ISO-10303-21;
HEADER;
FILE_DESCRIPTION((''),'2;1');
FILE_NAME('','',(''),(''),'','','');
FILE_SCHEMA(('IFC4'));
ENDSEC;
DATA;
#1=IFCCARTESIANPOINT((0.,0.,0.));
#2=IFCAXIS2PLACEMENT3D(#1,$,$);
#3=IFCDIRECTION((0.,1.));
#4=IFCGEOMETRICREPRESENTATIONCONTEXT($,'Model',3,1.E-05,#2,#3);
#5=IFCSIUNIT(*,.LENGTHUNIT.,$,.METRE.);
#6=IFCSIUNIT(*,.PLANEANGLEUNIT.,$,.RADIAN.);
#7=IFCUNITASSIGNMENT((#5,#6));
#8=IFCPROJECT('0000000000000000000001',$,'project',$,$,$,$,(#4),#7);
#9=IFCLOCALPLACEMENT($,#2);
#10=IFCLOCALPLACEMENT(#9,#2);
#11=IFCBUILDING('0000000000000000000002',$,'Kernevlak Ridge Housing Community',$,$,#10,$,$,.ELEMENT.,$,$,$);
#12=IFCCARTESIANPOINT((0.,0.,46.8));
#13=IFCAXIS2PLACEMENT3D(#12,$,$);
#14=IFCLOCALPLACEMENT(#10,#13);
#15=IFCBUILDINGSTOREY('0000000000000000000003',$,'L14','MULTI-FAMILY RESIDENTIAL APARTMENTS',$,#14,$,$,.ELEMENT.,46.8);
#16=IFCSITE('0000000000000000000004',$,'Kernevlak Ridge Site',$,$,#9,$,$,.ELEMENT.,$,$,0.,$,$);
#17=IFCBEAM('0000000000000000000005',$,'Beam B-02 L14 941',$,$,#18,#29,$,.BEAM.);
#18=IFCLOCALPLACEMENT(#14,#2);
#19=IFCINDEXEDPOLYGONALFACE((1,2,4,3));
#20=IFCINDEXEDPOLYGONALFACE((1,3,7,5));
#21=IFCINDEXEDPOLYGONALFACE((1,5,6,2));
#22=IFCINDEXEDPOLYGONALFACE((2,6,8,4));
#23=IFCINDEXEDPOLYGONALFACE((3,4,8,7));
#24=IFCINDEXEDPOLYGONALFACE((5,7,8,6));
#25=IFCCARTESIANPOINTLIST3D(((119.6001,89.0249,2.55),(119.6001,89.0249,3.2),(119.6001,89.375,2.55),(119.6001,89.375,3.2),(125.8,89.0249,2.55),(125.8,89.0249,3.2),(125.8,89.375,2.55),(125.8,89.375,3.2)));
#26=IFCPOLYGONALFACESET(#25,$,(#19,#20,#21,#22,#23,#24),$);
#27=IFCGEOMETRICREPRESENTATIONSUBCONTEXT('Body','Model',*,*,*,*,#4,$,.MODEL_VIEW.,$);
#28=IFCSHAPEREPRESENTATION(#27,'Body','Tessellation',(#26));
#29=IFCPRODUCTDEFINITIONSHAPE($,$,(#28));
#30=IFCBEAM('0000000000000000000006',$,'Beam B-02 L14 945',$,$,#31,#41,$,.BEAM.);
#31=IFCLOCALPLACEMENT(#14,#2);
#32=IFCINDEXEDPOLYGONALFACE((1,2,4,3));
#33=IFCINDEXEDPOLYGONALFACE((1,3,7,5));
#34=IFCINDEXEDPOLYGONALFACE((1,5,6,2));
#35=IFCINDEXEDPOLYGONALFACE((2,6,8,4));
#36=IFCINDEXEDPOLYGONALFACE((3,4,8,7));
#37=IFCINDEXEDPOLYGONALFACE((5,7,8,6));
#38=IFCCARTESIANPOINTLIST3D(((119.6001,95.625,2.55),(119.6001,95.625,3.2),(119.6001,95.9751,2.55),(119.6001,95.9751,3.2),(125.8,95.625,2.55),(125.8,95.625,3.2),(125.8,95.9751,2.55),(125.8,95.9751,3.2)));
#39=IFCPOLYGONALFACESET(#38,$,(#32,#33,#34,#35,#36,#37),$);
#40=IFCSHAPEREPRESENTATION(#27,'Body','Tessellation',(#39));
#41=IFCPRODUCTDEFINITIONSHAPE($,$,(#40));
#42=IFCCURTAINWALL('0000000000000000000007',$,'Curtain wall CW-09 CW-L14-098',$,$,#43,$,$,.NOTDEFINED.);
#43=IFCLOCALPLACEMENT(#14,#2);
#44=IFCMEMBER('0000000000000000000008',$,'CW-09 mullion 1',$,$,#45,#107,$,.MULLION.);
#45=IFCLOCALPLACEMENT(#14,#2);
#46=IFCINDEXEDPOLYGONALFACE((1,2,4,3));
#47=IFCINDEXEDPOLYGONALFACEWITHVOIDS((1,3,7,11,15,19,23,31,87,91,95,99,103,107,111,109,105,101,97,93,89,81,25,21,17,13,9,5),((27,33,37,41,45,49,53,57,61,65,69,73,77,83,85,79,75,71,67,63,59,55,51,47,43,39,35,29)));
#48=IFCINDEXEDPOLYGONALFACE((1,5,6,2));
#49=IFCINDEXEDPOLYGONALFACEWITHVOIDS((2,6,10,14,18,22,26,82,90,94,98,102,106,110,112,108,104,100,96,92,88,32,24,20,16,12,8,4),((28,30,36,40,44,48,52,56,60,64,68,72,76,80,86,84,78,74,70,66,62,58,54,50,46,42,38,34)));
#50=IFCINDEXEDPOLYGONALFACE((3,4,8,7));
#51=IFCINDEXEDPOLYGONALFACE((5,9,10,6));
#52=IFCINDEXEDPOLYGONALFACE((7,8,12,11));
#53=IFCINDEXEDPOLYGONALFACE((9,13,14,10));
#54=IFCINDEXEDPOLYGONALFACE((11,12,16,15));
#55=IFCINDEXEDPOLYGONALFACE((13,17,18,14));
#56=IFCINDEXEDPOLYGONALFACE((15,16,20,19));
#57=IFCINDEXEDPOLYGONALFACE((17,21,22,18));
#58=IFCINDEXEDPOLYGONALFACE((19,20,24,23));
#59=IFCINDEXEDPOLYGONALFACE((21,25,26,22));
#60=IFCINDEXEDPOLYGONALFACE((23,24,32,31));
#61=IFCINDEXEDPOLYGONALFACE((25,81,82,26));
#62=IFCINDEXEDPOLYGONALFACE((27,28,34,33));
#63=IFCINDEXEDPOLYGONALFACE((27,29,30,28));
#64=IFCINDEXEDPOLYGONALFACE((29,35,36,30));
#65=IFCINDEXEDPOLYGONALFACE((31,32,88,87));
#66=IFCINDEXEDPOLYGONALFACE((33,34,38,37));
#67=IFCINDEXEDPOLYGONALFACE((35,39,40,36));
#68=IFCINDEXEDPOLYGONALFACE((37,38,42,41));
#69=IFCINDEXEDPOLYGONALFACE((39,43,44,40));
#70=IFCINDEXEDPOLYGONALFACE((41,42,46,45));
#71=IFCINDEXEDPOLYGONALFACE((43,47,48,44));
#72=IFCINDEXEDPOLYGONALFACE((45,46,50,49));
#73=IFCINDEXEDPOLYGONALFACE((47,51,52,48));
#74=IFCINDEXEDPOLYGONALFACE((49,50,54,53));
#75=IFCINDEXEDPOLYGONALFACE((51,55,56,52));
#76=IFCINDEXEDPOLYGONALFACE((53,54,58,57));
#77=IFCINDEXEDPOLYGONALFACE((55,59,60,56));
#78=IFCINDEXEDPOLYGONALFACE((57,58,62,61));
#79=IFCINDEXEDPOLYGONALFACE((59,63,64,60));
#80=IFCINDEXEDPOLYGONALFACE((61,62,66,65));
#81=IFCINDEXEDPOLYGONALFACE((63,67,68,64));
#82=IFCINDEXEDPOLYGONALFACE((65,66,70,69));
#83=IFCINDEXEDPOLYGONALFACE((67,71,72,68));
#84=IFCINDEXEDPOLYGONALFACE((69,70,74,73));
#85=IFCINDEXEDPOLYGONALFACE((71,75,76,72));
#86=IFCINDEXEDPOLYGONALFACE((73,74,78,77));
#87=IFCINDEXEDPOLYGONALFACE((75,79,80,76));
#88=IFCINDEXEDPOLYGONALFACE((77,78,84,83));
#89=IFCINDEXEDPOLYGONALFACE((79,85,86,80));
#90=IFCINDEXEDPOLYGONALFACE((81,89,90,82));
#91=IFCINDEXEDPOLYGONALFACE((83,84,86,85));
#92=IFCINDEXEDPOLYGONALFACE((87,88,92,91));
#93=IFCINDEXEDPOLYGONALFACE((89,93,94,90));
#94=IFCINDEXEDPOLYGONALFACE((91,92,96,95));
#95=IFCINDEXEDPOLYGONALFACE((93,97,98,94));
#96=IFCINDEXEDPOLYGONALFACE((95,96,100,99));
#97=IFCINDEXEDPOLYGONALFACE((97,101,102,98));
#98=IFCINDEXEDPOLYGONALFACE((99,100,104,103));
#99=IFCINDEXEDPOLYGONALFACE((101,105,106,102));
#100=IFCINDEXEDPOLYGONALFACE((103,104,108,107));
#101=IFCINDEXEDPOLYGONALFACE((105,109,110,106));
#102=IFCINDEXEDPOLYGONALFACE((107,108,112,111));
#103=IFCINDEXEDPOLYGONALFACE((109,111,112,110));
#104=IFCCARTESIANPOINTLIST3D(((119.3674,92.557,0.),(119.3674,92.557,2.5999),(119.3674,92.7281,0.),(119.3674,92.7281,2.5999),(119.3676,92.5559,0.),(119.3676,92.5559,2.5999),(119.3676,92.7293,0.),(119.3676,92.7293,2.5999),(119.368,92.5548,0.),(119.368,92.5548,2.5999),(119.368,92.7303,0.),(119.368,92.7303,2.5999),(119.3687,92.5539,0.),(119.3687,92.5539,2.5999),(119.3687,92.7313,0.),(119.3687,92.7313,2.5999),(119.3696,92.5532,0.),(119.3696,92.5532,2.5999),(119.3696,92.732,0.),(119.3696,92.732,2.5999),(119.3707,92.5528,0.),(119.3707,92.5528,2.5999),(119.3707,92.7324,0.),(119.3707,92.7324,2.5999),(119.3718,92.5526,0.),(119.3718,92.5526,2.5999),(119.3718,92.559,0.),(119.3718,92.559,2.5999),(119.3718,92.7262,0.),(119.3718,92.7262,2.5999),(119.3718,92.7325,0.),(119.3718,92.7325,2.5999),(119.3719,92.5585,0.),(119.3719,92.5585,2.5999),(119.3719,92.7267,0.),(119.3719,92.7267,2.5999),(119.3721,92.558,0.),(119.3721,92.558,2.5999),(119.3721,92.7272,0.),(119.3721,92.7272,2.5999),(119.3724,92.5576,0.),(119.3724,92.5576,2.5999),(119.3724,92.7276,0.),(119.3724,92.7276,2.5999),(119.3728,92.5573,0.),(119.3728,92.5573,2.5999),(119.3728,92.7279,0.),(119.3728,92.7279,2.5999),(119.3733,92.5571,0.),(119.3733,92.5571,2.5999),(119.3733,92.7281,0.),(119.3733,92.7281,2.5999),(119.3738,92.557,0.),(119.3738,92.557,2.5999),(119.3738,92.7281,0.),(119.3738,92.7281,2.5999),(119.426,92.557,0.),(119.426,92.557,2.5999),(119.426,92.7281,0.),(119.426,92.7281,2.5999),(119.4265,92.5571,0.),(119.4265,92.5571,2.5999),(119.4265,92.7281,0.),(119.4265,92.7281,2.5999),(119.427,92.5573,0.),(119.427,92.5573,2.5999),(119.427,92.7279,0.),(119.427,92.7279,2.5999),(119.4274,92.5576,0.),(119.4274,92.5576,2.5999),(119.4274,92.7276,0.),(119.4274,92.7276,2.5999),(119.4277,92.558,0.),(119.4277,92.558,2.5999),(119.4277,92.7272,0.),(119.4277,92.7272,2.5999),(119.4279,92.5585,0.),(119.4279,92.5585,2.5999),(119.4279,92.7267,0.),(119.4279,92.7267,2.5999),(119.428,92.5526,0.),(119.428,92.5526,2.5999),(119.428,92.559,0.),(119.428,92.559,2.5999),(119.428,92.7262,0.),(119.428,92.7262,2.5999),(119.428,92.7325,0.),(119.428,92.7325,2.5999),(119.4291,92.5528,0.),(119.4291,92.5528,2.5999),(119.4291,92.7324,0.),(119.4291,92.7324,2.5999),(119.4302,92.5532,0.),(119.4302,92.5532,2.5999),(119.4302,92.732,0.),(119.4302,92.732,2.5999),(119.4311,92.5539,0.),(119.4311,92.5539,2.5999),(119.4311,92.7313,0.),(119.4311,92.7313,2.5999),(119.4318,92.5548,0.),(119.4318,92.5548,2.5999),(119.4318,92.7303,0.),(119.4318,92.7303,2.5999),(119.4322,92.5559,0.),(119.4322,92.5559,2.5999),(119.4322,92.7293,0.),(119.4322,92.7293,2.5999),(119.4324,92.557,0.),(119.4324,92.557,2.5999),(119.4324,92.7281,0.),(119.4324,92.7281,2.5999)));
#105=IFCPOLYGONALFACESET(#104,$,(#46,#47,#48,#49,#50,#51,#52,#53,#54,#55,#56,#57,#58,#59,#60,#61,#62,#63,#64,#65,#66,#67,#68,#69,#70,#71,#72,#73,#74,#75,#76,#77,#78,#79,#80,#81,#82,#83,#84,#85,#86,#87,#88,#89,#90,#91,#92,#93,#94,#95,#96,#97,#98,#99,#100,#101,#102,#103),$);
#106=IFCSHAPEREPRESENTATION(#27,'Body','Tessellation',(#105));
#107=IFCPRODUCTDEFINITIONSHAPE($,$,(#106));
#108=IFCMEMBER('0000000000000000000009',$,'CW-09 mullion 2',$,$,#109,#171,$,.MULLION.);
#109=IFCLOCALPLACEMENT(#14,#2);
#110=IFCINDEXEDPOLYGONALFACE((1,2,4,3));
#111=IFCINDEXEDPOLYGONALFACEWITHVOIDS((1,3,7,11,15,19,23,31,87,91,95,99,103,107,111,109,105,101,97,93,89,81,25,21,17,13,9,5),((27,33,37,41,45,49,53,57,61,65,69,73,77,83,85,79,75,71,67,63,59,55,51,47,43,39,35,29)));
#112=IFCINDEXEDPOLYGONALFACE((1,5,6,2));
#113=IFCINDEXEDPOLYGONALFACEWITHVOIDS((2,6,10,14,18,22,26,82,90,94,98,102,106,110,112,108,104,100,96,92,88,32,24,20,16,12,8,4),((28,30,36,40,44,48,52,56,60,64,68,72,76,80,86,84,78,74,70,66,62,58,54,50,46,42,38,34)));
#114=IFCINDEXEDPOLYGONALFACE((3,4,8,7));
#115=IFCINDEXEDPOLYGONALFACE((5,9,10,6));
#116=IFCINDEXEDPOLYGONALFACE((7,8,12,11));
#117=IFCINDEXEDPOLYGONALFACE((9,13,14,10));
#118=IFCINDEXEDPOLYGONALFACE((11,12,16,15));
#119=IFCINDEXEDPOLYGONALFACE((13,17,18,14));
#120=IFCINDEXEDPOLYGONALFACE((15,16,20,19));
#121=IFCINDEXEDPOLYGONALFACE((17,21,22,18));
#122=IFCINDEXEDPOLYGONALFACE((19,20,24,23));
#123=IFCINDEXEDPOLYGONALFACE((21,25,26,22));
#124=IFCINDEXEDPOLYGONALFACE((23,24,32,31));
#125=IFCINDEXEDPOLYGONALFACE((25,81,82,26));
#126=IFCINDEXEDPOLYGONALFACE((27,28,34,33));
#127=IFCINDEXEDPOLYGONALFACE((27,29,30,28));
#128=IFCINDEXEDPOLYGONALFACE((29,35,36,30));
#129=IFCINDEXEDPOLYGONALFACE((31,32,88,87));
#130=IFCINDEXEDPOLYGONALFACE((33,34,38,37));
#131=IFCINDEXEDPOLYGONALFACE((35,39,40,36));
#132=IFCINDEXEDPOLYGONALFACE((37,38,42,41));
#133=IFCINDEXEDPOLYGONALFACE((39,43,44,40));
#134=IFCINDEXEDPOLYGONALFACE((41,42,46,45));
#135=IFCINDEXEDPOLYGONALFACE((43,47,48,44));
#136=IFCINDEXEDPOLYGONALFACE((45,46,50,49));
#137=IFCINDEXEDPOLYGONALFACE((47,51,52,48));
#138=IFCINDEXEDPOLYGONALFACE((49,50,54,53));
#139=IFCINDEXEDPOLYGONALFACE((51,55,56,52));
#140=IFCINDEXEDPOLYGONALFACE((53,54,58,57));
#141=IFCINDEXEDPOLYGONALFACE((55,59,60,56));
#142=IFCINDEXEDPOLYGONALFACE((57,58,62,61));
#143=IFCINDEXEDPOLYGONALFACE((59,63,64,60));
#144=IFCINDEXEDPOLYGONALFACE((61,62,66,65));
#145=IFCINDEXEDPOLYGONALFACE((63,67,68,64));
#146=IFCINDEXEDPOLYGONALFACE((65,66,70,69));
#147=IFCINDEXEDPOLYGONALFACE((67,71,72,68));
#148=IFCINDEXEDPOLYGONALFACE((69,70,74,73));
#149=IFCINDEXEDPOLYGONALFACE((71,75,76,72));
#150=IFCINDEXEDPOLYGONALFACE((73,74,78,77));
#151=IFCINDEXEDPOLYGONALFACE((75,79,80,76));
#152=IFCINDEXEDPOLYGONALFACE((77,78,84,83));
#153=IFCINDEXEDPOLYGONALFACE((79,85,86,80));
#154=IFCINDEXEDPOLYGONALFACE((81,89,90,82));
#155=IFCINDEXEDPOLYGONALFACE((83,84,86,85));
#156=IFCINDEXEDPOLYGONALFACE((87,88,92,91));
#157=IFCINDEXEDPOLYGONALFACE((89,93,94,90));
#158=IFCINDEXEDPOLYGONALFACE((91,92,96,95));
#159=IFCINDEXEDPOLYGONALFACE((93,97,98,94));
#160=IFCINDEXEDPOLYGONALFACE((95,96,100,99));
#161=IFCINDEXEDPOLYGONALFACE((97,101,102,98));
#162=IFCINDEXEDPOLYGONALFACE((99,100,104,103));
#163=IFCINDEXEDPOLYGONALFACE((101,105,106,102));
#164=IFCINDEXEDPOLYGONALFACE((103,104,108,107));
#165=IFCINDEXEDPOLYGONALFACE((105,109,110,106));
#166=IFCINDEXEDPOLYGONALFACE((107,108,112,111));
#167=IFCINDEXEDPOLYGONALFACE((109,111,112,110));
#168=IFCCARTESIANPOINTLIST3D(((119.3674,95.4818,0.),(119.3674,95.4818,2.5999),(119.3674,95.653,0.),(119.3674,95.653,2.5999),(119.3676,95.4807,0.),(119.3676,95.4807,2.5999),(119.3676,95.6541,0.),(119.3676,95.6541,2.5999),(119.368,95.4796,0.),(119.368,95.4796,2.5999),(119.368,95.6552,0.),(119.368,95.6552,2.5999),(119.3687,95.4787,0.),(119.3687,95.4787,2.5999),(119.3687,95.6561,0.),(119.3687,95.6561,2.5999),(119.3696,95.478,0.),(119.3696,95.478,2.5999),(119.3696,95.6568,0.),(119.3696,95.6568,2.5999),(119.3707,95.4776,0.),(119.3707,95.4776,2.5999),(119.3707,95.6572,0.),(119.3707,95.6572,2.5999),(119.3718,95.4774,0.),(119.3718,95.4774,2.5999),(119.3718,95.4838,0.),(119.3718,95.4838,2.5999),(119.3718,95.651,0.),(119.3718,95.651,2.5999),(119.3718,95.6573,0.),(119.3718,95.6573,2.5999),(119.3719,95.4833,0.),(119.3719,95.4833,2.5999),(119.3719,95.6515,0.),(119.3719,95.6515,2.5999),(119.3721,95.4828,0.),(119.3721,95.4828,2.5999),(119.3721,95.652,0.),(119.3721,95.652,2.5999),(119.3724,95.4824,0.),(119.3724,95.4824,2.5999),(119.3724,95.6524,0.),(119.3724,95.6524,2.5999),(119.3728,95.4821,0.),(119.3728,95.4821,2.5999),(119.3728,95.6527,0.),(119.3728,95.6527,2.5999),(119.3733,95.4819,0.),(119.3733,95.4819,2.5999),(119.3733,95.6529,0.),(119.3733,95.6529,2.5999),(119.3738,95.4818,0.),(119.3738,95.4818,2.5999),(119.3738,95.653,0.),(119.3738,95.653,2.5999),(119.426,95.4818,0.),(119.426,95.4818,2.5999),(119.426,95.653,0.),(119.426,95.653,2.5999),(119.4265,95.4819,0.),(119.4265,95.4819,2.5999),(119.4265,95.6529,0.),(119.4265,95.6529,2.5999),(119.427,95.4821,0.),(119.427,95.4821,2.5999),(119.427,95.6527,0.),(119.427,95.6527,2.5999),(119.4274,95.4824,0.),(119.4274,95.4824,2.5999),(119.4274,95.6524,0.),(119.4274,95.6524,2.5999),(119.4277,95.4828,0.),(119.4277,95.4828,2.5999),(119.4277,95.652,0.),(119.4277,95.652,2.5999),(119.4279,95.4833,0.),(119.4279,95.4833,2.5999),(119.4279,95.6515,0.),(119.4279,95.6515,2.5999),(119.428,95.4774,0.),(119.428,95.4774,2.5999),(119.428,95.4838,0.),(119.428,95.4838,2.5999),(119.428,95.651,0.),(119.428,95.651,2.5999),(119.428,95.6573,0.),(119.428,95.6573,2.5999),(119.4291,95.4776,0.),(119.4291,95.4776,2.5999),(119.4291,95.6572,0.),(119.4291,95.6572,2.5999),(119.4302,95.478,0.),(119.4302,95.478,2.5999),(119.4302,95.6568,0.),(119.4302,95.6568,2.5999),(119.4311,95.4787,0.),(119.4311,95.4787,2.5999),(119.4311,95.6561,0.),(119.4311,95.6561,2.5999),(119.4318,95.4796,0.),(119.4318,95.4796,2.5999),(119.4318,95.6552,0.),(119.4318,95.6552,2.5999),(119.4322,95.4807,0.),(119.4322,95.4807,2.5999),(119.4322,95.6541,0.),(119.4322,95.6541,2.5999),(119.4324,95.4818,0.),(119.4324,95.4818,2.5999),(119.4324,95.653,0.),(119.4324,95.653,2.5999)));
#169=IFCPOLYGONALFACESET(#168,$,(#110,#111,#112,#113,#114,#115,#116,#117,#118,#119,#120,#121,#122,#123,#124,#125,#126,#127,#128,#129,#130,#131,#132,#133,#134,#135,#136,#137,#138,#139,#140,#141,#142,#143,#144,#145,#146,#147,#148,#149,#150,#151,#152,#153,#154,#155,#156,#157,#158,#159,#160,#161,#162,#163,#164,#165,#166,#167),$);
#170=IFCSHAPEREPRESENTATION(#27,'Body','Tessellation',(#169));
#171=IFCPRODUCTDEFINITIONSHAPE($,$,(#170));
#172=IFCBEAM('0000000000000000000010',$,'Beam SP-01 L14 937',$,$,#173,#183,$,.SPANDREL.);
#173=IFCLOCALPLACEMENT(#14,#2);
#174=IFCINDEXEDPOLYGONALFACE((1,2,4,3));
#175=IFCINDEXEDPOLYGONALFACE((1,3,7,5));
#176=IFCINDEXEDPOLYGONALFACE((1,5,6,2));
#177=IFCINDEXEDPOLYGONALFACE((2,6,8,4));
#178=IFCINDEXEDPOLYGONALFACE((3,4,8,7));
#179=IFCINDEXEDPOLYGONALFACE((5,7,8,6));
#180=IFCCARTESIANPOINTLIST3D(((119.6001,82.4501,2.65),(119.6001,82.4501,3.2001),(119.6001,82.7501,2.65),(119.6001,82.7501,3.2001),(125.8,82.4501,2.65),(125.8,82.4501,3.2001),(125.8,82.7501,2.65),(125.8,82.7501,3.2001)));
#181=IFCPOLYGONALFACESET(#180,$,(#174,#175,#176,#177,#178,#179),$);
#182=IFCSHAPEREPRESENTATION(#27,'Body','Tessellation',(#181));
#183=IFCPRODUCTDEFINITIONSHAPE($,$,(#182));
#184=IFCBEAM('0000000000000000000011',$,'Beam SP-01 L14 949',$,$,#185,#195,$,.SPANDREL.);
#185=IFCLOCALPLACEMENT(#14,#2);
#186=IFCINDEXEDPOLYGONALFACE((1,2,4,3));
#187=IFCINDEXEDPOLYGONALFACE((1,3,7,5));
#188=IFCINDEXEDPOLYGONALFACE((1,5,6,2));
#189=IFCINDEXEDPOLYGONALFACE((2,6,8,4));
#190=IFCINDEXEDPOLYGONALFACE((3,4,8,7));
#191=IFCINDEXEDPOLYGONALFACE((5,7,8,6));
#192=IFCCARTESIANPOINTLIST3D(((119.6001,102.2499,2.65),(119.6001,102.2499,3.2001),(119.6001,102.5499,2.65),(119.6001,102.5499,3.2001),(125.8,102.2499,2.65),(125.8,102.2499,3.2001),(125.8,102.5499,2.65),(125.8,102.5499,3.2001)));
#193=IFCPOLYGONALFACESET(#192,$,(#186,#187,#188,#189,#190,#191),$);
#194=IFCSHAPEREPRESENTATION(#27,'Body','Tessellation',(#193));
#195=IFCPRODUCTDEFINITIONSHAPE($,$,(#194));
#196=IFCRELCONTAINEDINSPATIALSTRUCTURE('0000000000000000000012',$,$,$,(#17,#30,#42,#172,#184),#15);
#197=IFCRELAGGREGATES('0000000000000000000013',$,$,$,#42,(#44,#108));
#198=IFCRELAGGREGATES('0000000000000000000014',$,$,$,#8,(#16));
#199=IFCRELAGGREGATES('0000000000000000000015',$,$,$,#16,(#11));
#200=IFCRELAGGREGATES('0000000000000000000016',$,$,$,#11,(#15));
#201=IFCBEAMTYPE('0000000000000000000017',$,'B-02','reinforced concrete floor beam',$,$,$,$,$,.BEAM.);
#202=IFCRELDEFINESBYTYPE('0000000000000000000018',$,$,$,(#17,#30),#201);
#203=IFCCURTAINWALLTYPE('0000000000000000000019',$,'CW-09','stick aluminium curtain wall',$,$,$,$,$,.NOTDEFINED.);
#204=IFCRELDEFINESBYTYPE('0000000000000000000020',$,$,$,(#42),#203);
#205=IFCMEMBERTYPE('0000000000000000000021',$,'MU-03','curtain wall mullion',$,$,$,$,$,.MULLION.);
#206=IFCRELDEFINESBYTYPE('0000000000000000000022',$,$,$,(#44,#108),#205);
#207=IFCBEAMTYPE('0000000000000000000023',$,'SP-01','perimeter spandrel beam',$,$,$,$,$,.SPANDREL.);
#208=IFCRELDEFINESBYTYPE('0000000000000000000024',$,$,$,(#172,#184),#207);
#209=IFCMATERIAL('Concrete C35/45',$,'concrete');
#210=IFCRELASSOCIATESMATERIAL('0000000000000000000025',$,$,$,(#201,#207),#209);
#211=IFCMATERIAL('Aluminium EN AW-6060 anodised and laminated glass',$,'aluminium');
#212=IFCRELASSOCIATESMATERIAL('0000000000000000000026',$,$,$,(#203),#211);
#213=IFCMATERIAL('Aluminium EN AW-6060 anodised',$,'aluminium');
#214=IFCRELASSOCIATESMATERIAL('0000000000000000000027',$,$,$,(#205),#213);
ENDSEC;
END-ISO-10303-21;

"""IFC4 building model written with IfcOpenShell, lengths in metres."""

from ifc_helpers import new_model, si_unit, direction, frame, origin, origin_2d, place, context, subcontext, project, spatial, rectangle, hollow_rectangle, extrude, material, material_profile, profile_set, type_object, element, aggregate, save


model = new_model("IFC4")

# Units and contexts
model_context = context("Model", 3, precision=1e-05, world=origin(), true_north=direction((0.0, 1.0)))
body_context = subcontext(model_context, "Body", "Model", "MODEL_VIEW")
ifc_project = project(units=[si_unit("LENGTHUNIT", "METRE"), si_unit("PLANEANGLEUNIT", "RADIAN")], contexts=[model_context])

# Site, building, storey
site_placement = place(None, origin())
site = spatial("IfcSite", under=ifc_project, at=site_placement, Name="Kernevlak Ridge Site", CompositionType="ELEMENT", RefElevation=0.0)
building_placement = place(site_placement, origin())
building = spatial("IfcBuilding", under=site, at=building_placement, Name="Kernevlak Ridge Housing Community", CompositionType="ELEMENT")
storey_placement = place(building_placement, frame((0.0, 0.0, 46.8)))
storey = spatial("IfcBuildingStorey", under=building, at=storey_placement, Name="L14", Description="MULTI-FAMILY RESIDENTIAL APARTMENTS", CompositionType="ELEMENT", Elevation=46.8)

# Beams
ifc_material_1 = material(Name="Concrete C35/45", Category="concrete")
ifc_material_profile_1 = material_profile(ifc_material_1, rectangle(XDim=0.3501, YDim=0.6499, at=origin_2d()), Name="RC 350x650")
ifc_profile_set_1 = profile_set([ifc_material_profile_1], Name="Concrete C35/45")
beam_type_1 = type_object("IfcBeamType", Name="B-02", Description="reinforced concrete floor beam", PredefinedType="BEAM", material=ifc_profile_set_1)
for number, where, z_axis, x_axis, name in (
    (1, (119.6001, 89.2, 2.875), (1.0, 0.0, 0.0), (0.0, 1.0, 0.0), "Beam B-02 L14 941"),
    (2, (119.6001, 95.8, 2.875), (1.0, 0.0, 0.0), (0.0, 1.0, 0.0), "Beam B-02 L14 945"),
):
    element("IfcBeam", number, at=place(storey_placement, frame(where, z_axis=z_axis, x_axis=x_axis)), inside=storey, type_object=beam_type_1, Name=name, PredefinedType="BEAM", context=body_context, shape_type="SweptSolid", body=[
        extrude(rectangle(XDim=0.3501, YDim=0.6499, at=origin_2d()), origin(), (0.0, 0.0, 1.0), 6.2),
    ])

# Curtain wall, members
ifc_material_2 = material(Name="Aluminium EN AW-6060 anodised and laminated glass", Category="aluminium")
curtain_wall_type_1 = type_object("IfcCurtainWallType", Name="CW-09", Description="stick aluminium curtain wall", PredefinedType="NOTDEFINED", material=ifc_material_2)
curtain_wall_1_placement = place(storey_placement, origin())
curtain_wall_1 = element("IfcCurtainWall", 3, at=curtain_wall_1_placement, inside=storey, type_object=curtain_wall_type_1, Name="Curtain wall CW-09 CW-L14-098", PredefinedType="NOTDEFINED")
ifc_material_3 = material(Name="Aluminium EN AW-6060 anodised", Category="aluminium")
ifc_material_profile_2 = material_profile(ifc_material_3, hollow_rectangle(XDim=0.0649, YDim=0.1799, WallThickness=0.0044, InnerFilletRadius=0.002, OuterFilletRadius=0.0044, at=origin_2d()), Name="ALU 65x180x4.5")
ifc_profile_set_2 = profile_set([ifc_material_profile_2], Name="Aluminium EN AW-6060 anodised")
member_type_1 = type_object("IfcMemberType", Name="MU-03", Description="curtain wall mullion", PredefinedType="MULLION", material=ifc_profile_set_2)
member_1_placement = place(storey_placement, frame((119.3999, 92.6426, 0.0), z_axis=(0.0, 0.0, 1.0), x_axis=(-1.0, 0.0, 0.0)))
member_1 = element("IfcMember", 4, at=member_1_placement, type_object=member_type_1, Name="CW-09 mullion 1", PredefinedType="MULLION", context=body_context, shape_type="SweptSolid", body=[
    extrude(hollow_rectangle(XDim=0.0649, YDim=0.1799, WallThickness=0.0044, InnerFilletRadius=0.002, OuterFilletRadius=0.0044, at=origin_2d()), origin(), (0.0, 0.0, 1.0), 2.5999),
])
member_2_placement = place(storey_placement, frame((119.3999, 95.5674, 0.0), z_axis=(0.0, 0.0, 1.0), x_axis=(-1.0, 0.0, 0.0)))
member_2 = element("IfcMember", 5, at=member_2_placement, type_object=member_type_1, Name="CW-09 mullion 2", PredefinedType="MULLION", context=body_context, shape_type="SweptSolid", body=[
    extrude(hollow_rectangle(XDim=0.0649, YDim=0.1799, WallThickness=0.0044, InnerFilletRadius=0.002, OuterFilletRadius=0.0044, at=origin_2d()), origin(), (0.0, 0.0, 1.0), 2.5999),
])

# Beams
ifc_material_profile_3 = material_profile(ifc_material_1, rectangle(XDim=0.3, YDim=0.55, at=origin_2d()), Name="RC 300x550")
ifc_profile_set_3 = profile_set([ifc_material_profile_3], Name="Concrete C35/45")
beam_type_2 = type_object("IfcBeamType", Name="SP-01", Description="perimeter spandrel beam", PredefinedType="SPANDREL", material=ifc_profile_set_3)
for number, where, z_axis, x_axis, name in (
    (6, (119.6001, 82.6001, 2.925), (1.0, 0.0, 0.0), (0.0, 1.0, 0.0), "Beam SP-01 L14 937"),
    (7, (119.6001, 102.3999, 2.925), (1.0, 0.0, 0.0), (0.0, 1.0, 0.0), "Beam SP-01 L14 949"),
):
    element("IfcBeam", number, at=place(storey_placement, frame(where, z_axis=z_axis, x_axis=x_axis)), inside=storey, type_object=beam_type_2, Name=name, PredefinedType="SPANDREL", context=body_context, shape_type="SweptSolid", body=[
        extrude(rectangle(XDim=0.3, YDim=0.55, at=origin_2d()), origin(), (0.0, 0.0, 1.0), 6.2),
    ])

aggregate(curtain_wall_1, [member_1, member_2])

save(model, "model.ifc")
